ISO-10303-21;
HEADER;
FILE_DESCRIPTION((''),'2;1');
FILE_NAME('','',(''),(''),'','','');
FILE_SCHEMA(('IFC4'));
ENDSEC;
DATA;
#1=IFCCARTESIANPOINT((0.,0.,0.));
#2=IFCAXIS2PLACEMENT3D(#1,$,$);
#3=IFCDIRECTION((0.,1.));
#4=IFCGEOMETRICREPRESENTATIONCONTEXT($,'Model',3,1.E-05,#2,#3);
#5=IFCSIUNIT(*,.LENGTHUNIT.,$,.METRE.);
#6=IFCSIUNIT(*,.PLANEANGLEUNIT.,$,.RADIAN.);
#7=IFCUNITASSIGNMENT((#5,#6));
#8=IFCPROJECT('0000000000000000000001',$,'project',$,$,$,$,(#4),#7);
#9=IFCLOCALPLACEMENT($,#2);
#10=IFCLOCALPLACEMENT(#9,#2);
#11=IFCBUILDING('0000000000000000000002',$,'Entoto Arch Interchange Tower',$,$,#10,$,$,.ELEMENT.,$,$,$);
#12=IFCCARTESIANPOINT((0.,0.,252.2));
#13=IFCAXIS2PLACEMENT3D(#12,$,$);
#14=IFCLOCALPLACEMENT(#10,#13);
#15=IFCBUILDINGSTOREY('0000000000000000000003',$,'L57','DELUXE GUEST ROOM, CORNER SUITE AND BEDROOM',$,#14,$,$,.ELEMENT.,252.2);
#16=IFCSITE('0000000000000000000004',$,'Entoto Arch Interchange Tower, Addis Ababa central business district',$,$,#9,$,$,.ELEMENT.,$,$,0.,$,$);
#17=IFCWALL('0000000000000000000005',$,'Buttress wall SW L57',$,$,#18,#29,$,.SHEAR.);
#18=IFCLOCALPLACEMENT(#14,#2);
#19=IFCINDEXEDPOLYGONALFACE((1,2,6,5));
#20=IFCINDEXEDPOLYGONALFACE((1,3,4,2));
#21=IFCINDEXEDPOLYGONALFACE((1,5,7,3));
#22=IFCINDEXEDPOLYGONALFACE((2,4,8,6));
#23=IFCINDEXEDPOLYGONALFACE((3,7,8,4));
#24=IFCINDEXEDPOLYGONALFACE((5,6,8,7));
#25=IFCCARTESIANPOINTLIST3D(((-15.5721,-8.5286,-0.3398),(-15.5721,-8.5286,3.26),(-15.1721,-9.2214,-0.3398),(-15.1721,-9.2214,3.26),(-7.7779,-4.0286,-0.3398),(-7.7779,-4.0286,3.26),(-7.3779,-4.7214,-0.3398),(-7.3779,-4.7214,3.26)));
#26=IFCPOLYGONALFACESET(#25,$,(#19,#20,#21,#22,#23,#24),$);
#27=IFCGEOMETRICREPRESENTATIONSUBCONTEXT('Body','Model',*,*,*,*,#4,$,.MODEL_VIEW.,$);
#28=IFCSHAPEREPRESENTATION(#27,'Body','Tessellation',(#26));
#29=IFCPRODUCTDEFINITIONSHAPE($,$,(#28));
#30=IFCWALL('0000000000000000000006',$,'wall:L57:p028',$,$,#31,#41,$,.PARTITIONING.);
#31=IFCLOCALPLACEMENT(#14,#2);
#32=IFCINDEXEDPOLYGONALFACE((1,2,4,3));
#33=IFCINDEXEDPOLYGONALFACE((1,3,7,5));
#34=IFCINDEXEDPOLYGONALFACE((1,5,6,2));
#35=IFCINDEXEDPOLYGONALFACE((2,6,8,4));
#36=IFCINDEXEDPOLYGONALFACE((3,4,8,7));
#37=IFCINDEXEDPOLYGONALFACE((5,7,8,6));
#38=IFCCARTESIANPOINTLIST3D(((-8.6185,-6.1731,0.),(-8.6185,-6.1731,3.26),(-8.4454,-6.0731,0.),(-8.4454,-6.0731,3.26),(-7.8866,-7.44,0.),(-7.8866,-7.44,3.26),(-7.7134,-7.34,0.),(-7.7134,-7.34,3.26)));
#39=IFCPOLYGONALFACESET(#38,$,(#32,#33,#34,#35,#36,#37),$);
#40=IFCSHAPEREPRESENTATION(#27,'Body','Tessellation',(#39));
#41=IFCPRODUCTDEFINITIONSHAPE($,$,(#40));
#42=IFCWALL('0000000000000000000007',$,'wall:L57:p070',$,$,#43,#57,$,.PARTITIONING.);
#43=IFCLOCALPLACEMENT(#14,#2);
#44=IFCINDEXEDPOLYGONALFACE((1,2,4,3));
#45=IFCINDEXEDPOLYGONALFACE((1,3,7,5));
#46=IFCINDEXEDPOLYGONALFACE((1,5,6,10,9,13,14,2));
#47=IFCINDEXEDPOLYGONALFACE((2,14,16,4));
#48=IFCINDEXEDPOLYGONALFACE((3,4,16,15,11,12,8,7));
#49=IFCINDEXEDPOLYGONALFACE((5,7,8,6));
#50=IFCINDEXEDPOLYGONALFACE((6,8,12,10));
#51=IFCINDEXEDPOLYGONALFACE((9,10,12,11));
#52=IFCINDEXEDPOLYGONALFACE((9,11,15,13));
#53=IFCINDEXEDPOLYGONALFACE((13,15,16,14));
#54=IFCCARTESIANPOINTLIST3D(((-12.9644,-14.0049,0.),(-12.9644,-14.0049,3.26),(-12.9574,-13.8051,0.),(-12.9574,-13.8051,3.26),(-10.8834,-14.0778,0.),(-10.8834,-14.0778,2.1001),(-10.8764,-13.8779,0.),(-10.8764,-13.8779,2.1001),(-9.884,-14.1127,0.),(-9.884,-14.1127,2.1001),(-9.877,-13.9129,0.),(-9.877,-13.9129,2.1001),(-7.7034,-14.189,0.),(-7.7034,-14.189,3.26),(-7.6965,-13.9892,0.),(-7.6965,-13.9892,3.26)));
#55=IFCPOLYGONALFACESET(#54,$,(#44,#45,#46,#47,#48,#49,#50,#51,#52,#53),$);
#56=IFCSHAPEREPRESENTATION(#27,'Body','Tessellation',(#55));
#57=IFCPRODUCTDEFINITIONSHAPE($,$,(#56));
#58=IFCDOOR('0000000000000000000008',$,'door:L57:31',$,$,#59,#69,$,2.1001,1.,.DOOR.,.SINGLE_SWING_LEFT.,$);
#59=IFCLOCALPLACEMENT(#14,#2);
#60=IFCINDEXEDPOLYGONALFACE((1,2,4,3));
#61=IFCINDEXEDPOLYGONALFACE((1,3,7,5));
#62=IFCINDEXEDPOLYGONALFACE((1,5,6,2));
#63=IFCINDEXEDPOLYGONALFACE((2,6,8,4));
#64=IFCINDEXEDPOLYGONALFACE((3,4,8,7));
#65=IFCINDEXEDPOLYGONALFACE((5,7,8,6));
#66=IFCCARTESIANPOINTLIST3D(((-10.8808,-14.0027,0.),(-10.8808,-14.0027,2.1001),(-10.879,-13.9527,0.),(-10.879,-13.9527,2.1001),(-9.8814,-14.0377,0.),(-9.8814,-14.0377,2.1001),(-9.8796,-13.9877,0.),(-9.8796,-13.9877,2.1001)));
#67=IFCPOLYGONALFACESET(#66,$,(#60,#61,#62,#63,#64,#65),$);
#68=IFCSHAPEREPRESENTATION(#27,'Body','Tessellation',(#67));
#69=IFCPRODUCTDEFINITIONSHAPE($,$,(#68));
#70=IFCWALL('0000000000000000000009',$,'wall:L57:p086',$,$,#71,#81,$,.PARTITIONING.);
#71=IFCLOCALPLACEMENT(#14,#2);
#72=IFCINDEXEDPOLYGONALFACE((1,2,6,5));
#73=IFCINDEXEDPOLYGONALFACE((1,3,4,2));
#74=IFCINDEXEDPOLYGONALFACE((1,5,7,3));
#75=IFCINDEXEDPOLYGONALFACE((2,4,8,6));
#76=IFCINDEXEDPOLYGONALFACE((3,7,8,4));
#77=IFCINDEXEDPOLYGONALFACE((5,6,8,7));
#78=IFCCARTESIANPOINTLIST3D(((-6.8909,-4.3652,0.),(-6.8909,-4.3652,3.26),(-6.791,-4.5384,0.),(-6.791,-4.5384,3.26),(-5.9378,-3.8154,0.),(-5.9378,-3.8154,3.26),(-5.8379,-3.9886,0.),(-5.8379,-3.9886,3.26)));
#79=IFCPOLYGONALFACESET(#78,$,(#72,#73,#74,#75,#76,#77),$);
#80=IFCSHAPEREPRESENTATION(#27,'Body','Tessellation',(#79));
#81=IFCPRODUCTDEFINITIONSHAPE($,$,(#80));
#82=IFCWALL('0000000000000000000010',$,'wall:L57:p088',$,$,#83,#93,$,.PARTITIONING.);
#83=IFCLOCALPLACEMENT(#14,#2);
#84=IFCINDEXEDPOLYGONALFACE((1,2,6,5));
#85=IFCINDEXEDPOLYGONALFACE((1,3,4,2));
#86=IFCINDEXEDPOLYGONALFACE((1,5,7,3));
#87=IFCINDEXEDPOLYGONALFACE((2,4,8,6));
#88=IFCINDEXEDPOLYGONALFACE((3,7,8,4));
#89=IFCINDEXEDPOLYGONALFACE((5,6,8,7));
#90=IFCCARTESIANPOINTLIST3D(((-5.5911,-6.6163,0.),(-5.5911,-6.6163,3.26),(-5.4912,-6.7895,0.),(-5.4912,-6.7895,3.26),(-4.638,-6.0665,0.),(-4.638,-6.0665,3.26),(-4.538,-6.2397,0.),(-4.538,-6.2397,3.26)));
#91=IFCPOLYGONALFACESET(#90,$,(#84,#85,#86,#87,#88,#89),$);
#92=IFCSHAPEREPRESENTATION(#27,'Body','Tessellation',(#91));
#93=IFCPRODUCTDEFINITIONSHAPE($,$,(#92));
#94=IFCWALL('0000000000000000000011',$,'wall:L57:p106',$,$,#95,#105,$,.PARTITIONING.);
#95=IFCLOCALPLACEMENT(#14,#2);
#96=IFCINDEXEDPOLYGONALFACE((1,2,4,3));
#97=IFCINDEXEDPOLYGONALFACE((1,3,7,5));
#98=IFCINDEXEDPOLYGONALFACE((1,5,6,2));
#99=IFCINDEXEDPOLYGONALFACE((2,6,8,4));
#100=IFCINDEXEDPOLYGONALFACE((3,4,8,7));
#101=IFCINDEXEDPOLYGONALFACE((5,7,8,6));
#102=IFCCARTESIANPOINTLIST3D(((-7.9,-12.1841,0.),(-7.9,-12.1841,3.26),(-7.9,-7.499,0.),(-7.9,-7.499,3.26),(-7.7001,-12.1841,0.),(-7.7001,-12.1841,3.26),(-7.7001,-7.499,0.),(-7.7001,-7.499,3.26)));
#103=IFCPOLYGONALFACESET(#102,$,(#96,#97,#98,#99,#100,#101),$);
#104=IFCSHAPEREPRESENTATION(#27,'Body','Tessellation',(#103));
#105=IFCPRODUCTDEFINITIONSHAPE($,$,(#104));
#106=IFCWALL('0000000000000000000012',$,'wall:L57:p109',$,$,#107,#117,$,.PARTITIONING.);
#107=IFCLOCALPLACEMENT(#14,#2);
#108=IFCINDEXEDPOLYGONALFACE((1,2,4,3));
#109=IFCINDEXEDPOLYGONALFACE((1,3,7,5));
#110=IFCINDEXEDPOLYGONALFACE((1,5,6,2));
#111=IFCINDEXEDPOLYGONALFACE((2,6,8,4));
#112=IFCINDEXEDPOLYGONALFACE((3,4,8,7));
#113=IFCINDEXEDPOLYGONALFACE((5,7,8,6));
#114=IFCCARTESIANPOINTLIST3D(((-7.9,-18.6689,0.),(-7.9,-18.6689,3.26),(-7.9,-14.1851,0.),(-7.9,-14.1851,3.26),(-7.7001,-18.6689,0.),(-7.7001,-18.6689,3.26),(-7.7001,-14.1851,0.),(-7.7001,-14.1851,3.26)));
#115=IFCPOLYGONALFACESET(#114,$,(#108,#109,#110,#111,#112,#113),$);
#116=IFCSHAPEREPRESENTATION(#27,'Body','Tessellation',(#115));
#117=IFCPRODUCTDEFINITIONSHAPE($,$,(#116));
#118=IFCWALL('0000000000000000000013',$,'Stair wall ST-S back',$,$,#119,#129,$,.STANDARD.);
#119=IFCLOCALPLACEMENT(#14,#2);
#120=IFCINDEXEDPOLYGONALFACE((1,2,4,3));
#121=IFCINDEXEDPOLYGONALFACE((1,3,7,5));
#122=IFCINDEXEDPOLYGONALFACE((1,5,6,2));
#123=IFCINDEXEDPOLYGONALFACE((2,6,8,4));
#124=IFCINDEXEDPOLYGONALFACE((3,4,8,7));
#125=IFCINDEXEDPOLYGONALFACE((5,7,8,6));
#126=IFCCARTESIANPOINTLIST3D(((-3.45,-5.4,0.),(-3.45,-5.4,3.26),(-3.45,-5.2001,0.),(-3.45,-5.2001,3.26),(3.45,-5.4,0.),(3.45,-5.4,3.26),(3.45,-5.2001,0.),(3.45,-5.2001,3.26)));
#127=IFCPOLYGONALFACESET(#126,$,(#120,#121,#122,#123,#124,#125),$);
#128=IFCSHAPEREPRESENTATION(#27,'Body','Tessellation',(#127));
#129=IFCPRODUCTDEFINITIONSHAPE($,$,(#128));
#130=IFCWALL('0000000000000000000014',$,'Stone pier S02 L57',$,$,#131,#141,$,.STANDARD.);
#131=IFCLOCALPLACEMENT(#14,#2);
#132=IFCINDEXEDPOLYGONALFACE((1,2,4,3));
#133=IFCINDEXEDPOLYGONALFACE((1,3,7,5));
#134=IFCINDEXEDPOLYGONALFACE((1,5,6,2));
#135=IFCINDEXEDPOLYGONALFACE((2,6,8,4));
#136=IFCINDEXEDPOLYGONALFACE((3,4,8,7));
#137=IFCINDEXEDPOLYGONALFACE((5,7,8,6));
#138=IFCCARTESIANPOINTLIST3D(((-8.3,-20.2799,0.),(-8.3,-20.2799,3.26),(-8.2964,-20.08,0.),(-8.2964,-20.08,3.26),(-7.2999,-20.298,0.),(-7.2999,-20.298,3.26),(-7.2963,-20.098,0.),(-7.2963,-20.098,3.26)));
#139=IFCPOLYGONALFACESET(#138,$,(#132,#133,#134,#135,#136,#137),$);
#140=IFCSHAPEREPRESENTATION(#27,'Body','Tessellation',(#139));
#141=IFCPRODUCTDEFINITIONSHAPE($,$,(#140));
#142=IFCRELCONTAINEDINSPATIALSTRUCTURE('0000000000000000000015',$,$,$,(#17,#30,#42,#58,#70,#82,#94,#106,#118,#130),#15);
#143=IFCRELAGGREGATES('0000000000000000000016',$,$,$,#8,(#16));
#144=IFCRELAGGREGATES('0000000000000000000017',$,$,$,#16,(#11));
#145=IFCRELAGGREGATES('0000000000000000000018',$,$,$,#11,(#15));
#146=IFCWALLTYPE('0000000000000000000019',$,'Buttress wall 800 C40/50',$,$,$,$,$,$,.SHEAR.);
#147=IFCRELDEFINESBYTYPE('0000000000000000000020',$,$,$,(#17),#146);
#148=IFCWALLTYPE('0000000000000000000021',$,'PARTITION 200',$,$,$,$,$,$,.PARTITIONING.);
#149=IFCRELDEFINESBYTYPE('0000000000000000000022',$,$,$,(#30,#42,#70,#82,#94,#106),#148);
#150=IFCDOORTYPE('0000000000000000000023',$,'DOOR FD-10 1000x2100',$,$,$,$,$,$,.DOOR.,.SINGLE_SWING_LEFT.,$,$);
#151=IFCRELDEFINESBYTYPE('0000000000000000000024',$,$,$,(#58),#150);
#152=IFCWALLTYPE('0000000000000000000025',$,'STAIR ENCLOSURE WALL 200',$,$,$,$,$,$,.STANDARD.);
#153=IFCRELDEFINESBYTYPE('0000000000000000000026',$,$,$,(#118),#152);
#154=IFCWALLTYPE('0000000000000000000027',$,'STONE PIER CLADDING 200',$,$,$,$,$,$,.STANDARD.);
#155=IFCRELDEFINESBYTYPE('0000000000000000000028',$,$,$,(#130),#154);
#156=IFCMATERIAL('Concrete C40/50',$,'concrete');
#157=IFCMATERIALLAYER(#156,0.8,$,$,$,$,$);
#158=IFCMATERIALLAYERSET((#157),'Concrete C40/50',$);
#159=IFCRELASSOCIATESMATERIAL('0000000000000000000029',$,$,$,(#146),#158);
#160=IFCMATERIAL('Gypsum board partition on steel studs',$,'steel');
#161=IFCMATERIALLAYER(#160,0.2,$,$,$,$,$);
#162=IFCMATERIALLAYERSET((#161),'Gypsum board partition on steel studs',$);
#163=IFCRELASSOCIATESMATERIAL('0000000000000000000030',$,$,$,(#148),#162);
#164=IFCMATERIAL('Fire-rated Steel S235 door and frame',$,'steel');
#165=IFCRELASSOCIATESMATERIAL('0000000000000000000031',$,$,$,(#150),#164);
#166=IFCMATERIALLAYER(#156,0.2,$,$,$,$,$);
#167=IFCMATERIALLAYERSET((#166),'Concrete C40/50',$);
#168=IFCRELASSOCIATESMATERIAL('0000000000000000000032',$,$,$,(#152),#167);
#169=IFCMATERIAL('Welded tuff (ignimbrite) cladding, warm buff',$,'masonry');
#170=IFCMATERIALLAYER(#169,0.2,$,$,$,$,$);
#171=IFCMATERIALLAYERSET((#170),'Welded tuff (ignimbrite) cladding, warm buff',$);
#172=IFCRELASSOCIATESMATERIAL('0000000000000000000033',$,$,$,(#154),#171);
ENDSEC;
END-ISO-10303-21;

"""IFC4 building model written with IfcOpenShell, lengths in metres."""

from ifc_helpers import new_model, si_unit, direction, frame, frame_2d, origin, place, context, subcontext, project, spatial, rectangle, extrude, material, layer, layer_set, type_object, element, fill, save


model = new_model("IFC4")

# Units and contexts
model_context = context("Model", 3, precision=1e-05, world=origin(), true_north=direction((0.0, 1.0)))
body_context = subcontext(model_context, "Body", "Model", "MODEL_VIEW")
ifc_project = project(units=[si_unit("LENGTHUNIT", "METRE"), si_unit("PLANEANGLEUNIT", "RADIAN")], contexts=[model_context])

# Site, building, storey
site_placement = place(None, origin())
site = spatial("IfcSite", under=ifc_project, at=site_placement, Name="Entoto Arch Interchange Tower, Addis Ababa central business district", CompositionType="ELEMENT", RefElevation=0.0)
building_placement = place(site_placement, origin())
building = spatial("IfcBuilding", under=site, at=building_placement, Name="Entoto Arch Interchange Tower", CompositionType="ELEMENT")
storey_placement = place(building_placement, frame((0.0, 0.0, 252.2)))
storey = spatial("IfcBuildingStorey", under=building, at=storey_placement, Name="L57", Description="DELUXE GUEST ROOM, CORNER SUITE AND BEDROOM", CompositionType="ELEMENT", Elevation=252.2)

# Shared definitions
ifc_material_1 = material(Name="Concrete C40/50", Category="concrete")

# Walls
ifc_layer_1 = layer(ifc_material_1, 0.8)
ifc_layer_set_1 = layer_set([ifc_layer_1], Name="Concrete C40/50")
wall_type_1 = type_object("IfcWallType", Name="Buttress wall 800 C40/50", PredefinedType="SHEAR", material=ifc_layer_set_1)
wall_1_placement = place(storey_placement, frame((-7.5779, -4.375, -0.3398), z_axis=(0.0, 0.0, 1.0), x_axis=(-0.866024, -0.500002, 0.0)))
element("IfcWall", 1, at=wall_1_placement, inside=storey, type_object=wall_type_1, Name="Buttress wall SW L57", PredefinedType="SHEAR", context=body_context, shape_type="SweptSolid", body=[
    extrude(rectangle(XDim=9.0, YDim=0.8, at=frame_2d((4.5, 0.0))), origin(), (0.0, 0.0, 1.0), 3.5999),
])
ifc_material_2 = material(Name="Gypsum board partition on steel studs", Category="steel")
ifc_layer_2 = layer(ifc_material_2, 0.2)
ifc_layer_set_2 = layer_set([ifc_layer_2], Name="Gypsum board partition on steel studs")
wall_type_2 = type_object("IfcWallType", Name="PARTITION 200", PredefinedType="PARTITIONING", material=ifc_layer_set_2)
wall_2_placement = place(storey_placement, frame((-7.8, -7.3899, 0.0), z_axis=(0.0, 0.0, 1.0), x_axis=(-0.500266, 0.865871, 0.0)))
element("IfcWall", 2, at=wall_2_placement, inside=storey, type_object=wall_type_2, Name="wall:L57:p028", PredefinedType="PARTITIONING", context=body_context, shape_type="SweptSolid", body=[
    extrude(rectangle(XDim=1.4631, YDim=0.2, at=frame_2d((0.7314, 0.0))), origin(), (0.0, 0.0, 1.0), 3.26),
])

# Wall, opening, door
wall_3_placement = place(storey_placement, frame((-7.7, -14.0891, 0.0), z_axis=(0.0, 0.0, 1.0), x_axis=(-0.999388, 0.034969, 0.0)))
wall_3 = element("IfcWall", 3, at=wall_3_placement, inside=storey, type_object=wall_type_2, Name="wall:L57:p070", PredefinedType="PARTITIONING", context=body_context, shape_type="SweptSolid", body=[
    extrude(rectangle(XDim=5.2642, YDim=0.2, at=frame_2d((2.6321, 0.0))), origin(), (0.0, 0.0, 1.0), 3.26),
])
opening_placement = place(wall_3_placement, frame((2.1819, 0.0, 0.0)))
opening = element("IfcOpeningElement", 4, at=opening_placement, cuts=wall_3, PredefinedType="OPENING", context=body_context, shape_type="SweptSolid", body=[
    extrude(rectangle(XDim=1.0, YDim=2.1001, at=frame_2d((0.5, 1.05))), frame((0.0, 0.1099, 0.0), z_axis=(0.0, -1.0, 0.0), x_axis=(1.0, 0.0, 0.0)), (0.0, 0.0, 1.0), 0.22),
])
ifc_material_3 = material(Name="Fire-rated Steel S235 door and frame", Category="steel")
door_type = type_object("IfcDoorType", Name="DOOR FD-10 1000x2100", OperationType="SINGLE_SWING_LEFT", PredefinedType="DOOR", material=ifc_material_3)
door_placement = place(opening_placement, origin())
door = element("IfcDoor", 5, at=door_placement, inside=storey, type_object=door_type, Name="door:L57:31", OperationType="SINGLE_SWING_LEFT", OverallHeight=2.1001, OverallWidth=1.0, PredefinedType="DOOR", context=body_context, shape_type="SweptSolid", body=[
    extrude(rectangle(XDim=1.0, YDim=2.1001, at=frame_2d((0.5, 1.05))), frame((0.0, 0.0249, 0.0), z_axis=(0.0, -1.0, 0.0), x_axis=(1.0, 0.0, 0.0)), (0.0, 0.0, 1.0), 0.05),
])
fill(opening, door)

# Walls
for number, where, z_axis, x_axis, name in (
    (6, (-6.8411, -4.4519, 0.0), (0.0, 0.0, 1.0), (0.866215, 0.499671, 0.0), "wall:L57:p086"),
    (7, (-4.5879, -6.1531, 0.0), (0.0, 0.0, 1.0), (-0.866215, -0.499671, 0.0), "wall:L57:p088"),
):
    element("IfcWall", number, at=place(storey_placement, frame(where, z_axis=z_axis, x_axis=x_axis)), inside=storey, type_object=wall_type_2, Name=name, PredefinedType="PARTITIONING", context=body_context, shape_type="SweptSolid", body=[
        extrude(rectangle(XDim=1.1003, YDim=0.2, at=frame_2d((0.5503, 0.0))), origin(), (0.0, 0.0, 1.0), 3.26),
    ])
wall_4_placement = place(storey_placement, frame((-7.8, -12.1841, 0.0), z_axis=(0.0, 0.0, 1.0), x_axis=(0.0, 1.0, 0.0)))
element("IfcWall", 8, at=wall_4_placement, inside=storey, type_object=wall_type_2, Name="wall:L57:p106", PredefinedType="PARTITIONING", context=body_context, shape_type="SweptSolid", body=[
    extrude(rectangle(XDim=4.6851, YDim=0.2, at=frame_2d((2.3425, 0.0))), origin(), (0.0, 0.0, 1.0), 3.26),
])
wall_5_placement = place(storey_placement, frame((-7.8, -18.6689, 0.0), z_axis=(0.0, 0.0, 1.0), x_axis=(0.0, 1.0, 0.0)))
element("IfcWall", 9, at=wall_5_placement, inside=storey, type_object=wall_type_2, Name="wall:L57:p109", PredefinedType="PARTITIONING", context=body_context, shape_type="SweptSolid", body=[
    extrude(rectangle(XDim=4.4839, YDim=0.2, at=frame_2d((2.2419, 0.0))), origin(), (0.0, 0.0, 1.0), 3.26),
])
ifc_layer_3 = layer(ifc_material_1, 0.2)
ifc_layer_set_3 = layer_set([ifc_layer_3], Name="Concrete C40/50")
wall_type_3 = type_object("IfcWallType", Name="STAIR ENCLOSURE WALL 200", PredefinedType="STANDARD", material=ifc_layer_set_3)
wall_6_placement = place(storey_placement, frame((-3.45, -5.3, 0.0), z_axis=(0.0, 0.0, 1.0), x_axis=(1.0, 0.0, 0.0)))
element("IfcWall", 10, at=wall_6_placement, inside=storey, type_object=wall_type_3, Name="Stair wall ST-S back", PredefinedType="STANDARD", context=body_context, shape_type="SweptSolid", body=[
    extrude(rectangle(XDim=6.8999, YDim=0.2, at=frame_2d((3.45, 0.0))), origin(), (0.0, 0.0, 1.0), 3.26),
])
ifc_material_4 = material(Name="Welded tuff (ignimbrite) cladding, warm buff", Category="masonry")
ifc_layer_4 = layer(ifc_material_4, 0.2)
ifc_layer_set_4 = layer_set([ifc_layer_4], Name="Welded tuff (ignimbrite) cladding, warm buff")
wall_type_4 = type_object("IfcWallType", Name="STONE PIER CLADDING 200", PredefinedType="STANDARD", material=ifc_layer_set_4)
wall_7_placement = place(storey_placement, frame((-8.2981, -20.1799, 0.0), z_axis=(0.0, 0.0, 1.0), x_axis=(0.999837, -0.018063, 0.0)))
element("IfcWall", 11, at=wall_7_placement, inside=storey, type_object=wall_type_4, Name="Stone pier S02 L57", PredefinedType="STANDARD", context=body_context, shape_type="SweptSolid", body=[
    extrude(rectangle(XDim=1.0002, YDim=0.2, at=frame_2d((0.5, 0.0))), origin(), (0.0, 0.0, 1.0), 3.26),
])

save(model, "model.ifc")
